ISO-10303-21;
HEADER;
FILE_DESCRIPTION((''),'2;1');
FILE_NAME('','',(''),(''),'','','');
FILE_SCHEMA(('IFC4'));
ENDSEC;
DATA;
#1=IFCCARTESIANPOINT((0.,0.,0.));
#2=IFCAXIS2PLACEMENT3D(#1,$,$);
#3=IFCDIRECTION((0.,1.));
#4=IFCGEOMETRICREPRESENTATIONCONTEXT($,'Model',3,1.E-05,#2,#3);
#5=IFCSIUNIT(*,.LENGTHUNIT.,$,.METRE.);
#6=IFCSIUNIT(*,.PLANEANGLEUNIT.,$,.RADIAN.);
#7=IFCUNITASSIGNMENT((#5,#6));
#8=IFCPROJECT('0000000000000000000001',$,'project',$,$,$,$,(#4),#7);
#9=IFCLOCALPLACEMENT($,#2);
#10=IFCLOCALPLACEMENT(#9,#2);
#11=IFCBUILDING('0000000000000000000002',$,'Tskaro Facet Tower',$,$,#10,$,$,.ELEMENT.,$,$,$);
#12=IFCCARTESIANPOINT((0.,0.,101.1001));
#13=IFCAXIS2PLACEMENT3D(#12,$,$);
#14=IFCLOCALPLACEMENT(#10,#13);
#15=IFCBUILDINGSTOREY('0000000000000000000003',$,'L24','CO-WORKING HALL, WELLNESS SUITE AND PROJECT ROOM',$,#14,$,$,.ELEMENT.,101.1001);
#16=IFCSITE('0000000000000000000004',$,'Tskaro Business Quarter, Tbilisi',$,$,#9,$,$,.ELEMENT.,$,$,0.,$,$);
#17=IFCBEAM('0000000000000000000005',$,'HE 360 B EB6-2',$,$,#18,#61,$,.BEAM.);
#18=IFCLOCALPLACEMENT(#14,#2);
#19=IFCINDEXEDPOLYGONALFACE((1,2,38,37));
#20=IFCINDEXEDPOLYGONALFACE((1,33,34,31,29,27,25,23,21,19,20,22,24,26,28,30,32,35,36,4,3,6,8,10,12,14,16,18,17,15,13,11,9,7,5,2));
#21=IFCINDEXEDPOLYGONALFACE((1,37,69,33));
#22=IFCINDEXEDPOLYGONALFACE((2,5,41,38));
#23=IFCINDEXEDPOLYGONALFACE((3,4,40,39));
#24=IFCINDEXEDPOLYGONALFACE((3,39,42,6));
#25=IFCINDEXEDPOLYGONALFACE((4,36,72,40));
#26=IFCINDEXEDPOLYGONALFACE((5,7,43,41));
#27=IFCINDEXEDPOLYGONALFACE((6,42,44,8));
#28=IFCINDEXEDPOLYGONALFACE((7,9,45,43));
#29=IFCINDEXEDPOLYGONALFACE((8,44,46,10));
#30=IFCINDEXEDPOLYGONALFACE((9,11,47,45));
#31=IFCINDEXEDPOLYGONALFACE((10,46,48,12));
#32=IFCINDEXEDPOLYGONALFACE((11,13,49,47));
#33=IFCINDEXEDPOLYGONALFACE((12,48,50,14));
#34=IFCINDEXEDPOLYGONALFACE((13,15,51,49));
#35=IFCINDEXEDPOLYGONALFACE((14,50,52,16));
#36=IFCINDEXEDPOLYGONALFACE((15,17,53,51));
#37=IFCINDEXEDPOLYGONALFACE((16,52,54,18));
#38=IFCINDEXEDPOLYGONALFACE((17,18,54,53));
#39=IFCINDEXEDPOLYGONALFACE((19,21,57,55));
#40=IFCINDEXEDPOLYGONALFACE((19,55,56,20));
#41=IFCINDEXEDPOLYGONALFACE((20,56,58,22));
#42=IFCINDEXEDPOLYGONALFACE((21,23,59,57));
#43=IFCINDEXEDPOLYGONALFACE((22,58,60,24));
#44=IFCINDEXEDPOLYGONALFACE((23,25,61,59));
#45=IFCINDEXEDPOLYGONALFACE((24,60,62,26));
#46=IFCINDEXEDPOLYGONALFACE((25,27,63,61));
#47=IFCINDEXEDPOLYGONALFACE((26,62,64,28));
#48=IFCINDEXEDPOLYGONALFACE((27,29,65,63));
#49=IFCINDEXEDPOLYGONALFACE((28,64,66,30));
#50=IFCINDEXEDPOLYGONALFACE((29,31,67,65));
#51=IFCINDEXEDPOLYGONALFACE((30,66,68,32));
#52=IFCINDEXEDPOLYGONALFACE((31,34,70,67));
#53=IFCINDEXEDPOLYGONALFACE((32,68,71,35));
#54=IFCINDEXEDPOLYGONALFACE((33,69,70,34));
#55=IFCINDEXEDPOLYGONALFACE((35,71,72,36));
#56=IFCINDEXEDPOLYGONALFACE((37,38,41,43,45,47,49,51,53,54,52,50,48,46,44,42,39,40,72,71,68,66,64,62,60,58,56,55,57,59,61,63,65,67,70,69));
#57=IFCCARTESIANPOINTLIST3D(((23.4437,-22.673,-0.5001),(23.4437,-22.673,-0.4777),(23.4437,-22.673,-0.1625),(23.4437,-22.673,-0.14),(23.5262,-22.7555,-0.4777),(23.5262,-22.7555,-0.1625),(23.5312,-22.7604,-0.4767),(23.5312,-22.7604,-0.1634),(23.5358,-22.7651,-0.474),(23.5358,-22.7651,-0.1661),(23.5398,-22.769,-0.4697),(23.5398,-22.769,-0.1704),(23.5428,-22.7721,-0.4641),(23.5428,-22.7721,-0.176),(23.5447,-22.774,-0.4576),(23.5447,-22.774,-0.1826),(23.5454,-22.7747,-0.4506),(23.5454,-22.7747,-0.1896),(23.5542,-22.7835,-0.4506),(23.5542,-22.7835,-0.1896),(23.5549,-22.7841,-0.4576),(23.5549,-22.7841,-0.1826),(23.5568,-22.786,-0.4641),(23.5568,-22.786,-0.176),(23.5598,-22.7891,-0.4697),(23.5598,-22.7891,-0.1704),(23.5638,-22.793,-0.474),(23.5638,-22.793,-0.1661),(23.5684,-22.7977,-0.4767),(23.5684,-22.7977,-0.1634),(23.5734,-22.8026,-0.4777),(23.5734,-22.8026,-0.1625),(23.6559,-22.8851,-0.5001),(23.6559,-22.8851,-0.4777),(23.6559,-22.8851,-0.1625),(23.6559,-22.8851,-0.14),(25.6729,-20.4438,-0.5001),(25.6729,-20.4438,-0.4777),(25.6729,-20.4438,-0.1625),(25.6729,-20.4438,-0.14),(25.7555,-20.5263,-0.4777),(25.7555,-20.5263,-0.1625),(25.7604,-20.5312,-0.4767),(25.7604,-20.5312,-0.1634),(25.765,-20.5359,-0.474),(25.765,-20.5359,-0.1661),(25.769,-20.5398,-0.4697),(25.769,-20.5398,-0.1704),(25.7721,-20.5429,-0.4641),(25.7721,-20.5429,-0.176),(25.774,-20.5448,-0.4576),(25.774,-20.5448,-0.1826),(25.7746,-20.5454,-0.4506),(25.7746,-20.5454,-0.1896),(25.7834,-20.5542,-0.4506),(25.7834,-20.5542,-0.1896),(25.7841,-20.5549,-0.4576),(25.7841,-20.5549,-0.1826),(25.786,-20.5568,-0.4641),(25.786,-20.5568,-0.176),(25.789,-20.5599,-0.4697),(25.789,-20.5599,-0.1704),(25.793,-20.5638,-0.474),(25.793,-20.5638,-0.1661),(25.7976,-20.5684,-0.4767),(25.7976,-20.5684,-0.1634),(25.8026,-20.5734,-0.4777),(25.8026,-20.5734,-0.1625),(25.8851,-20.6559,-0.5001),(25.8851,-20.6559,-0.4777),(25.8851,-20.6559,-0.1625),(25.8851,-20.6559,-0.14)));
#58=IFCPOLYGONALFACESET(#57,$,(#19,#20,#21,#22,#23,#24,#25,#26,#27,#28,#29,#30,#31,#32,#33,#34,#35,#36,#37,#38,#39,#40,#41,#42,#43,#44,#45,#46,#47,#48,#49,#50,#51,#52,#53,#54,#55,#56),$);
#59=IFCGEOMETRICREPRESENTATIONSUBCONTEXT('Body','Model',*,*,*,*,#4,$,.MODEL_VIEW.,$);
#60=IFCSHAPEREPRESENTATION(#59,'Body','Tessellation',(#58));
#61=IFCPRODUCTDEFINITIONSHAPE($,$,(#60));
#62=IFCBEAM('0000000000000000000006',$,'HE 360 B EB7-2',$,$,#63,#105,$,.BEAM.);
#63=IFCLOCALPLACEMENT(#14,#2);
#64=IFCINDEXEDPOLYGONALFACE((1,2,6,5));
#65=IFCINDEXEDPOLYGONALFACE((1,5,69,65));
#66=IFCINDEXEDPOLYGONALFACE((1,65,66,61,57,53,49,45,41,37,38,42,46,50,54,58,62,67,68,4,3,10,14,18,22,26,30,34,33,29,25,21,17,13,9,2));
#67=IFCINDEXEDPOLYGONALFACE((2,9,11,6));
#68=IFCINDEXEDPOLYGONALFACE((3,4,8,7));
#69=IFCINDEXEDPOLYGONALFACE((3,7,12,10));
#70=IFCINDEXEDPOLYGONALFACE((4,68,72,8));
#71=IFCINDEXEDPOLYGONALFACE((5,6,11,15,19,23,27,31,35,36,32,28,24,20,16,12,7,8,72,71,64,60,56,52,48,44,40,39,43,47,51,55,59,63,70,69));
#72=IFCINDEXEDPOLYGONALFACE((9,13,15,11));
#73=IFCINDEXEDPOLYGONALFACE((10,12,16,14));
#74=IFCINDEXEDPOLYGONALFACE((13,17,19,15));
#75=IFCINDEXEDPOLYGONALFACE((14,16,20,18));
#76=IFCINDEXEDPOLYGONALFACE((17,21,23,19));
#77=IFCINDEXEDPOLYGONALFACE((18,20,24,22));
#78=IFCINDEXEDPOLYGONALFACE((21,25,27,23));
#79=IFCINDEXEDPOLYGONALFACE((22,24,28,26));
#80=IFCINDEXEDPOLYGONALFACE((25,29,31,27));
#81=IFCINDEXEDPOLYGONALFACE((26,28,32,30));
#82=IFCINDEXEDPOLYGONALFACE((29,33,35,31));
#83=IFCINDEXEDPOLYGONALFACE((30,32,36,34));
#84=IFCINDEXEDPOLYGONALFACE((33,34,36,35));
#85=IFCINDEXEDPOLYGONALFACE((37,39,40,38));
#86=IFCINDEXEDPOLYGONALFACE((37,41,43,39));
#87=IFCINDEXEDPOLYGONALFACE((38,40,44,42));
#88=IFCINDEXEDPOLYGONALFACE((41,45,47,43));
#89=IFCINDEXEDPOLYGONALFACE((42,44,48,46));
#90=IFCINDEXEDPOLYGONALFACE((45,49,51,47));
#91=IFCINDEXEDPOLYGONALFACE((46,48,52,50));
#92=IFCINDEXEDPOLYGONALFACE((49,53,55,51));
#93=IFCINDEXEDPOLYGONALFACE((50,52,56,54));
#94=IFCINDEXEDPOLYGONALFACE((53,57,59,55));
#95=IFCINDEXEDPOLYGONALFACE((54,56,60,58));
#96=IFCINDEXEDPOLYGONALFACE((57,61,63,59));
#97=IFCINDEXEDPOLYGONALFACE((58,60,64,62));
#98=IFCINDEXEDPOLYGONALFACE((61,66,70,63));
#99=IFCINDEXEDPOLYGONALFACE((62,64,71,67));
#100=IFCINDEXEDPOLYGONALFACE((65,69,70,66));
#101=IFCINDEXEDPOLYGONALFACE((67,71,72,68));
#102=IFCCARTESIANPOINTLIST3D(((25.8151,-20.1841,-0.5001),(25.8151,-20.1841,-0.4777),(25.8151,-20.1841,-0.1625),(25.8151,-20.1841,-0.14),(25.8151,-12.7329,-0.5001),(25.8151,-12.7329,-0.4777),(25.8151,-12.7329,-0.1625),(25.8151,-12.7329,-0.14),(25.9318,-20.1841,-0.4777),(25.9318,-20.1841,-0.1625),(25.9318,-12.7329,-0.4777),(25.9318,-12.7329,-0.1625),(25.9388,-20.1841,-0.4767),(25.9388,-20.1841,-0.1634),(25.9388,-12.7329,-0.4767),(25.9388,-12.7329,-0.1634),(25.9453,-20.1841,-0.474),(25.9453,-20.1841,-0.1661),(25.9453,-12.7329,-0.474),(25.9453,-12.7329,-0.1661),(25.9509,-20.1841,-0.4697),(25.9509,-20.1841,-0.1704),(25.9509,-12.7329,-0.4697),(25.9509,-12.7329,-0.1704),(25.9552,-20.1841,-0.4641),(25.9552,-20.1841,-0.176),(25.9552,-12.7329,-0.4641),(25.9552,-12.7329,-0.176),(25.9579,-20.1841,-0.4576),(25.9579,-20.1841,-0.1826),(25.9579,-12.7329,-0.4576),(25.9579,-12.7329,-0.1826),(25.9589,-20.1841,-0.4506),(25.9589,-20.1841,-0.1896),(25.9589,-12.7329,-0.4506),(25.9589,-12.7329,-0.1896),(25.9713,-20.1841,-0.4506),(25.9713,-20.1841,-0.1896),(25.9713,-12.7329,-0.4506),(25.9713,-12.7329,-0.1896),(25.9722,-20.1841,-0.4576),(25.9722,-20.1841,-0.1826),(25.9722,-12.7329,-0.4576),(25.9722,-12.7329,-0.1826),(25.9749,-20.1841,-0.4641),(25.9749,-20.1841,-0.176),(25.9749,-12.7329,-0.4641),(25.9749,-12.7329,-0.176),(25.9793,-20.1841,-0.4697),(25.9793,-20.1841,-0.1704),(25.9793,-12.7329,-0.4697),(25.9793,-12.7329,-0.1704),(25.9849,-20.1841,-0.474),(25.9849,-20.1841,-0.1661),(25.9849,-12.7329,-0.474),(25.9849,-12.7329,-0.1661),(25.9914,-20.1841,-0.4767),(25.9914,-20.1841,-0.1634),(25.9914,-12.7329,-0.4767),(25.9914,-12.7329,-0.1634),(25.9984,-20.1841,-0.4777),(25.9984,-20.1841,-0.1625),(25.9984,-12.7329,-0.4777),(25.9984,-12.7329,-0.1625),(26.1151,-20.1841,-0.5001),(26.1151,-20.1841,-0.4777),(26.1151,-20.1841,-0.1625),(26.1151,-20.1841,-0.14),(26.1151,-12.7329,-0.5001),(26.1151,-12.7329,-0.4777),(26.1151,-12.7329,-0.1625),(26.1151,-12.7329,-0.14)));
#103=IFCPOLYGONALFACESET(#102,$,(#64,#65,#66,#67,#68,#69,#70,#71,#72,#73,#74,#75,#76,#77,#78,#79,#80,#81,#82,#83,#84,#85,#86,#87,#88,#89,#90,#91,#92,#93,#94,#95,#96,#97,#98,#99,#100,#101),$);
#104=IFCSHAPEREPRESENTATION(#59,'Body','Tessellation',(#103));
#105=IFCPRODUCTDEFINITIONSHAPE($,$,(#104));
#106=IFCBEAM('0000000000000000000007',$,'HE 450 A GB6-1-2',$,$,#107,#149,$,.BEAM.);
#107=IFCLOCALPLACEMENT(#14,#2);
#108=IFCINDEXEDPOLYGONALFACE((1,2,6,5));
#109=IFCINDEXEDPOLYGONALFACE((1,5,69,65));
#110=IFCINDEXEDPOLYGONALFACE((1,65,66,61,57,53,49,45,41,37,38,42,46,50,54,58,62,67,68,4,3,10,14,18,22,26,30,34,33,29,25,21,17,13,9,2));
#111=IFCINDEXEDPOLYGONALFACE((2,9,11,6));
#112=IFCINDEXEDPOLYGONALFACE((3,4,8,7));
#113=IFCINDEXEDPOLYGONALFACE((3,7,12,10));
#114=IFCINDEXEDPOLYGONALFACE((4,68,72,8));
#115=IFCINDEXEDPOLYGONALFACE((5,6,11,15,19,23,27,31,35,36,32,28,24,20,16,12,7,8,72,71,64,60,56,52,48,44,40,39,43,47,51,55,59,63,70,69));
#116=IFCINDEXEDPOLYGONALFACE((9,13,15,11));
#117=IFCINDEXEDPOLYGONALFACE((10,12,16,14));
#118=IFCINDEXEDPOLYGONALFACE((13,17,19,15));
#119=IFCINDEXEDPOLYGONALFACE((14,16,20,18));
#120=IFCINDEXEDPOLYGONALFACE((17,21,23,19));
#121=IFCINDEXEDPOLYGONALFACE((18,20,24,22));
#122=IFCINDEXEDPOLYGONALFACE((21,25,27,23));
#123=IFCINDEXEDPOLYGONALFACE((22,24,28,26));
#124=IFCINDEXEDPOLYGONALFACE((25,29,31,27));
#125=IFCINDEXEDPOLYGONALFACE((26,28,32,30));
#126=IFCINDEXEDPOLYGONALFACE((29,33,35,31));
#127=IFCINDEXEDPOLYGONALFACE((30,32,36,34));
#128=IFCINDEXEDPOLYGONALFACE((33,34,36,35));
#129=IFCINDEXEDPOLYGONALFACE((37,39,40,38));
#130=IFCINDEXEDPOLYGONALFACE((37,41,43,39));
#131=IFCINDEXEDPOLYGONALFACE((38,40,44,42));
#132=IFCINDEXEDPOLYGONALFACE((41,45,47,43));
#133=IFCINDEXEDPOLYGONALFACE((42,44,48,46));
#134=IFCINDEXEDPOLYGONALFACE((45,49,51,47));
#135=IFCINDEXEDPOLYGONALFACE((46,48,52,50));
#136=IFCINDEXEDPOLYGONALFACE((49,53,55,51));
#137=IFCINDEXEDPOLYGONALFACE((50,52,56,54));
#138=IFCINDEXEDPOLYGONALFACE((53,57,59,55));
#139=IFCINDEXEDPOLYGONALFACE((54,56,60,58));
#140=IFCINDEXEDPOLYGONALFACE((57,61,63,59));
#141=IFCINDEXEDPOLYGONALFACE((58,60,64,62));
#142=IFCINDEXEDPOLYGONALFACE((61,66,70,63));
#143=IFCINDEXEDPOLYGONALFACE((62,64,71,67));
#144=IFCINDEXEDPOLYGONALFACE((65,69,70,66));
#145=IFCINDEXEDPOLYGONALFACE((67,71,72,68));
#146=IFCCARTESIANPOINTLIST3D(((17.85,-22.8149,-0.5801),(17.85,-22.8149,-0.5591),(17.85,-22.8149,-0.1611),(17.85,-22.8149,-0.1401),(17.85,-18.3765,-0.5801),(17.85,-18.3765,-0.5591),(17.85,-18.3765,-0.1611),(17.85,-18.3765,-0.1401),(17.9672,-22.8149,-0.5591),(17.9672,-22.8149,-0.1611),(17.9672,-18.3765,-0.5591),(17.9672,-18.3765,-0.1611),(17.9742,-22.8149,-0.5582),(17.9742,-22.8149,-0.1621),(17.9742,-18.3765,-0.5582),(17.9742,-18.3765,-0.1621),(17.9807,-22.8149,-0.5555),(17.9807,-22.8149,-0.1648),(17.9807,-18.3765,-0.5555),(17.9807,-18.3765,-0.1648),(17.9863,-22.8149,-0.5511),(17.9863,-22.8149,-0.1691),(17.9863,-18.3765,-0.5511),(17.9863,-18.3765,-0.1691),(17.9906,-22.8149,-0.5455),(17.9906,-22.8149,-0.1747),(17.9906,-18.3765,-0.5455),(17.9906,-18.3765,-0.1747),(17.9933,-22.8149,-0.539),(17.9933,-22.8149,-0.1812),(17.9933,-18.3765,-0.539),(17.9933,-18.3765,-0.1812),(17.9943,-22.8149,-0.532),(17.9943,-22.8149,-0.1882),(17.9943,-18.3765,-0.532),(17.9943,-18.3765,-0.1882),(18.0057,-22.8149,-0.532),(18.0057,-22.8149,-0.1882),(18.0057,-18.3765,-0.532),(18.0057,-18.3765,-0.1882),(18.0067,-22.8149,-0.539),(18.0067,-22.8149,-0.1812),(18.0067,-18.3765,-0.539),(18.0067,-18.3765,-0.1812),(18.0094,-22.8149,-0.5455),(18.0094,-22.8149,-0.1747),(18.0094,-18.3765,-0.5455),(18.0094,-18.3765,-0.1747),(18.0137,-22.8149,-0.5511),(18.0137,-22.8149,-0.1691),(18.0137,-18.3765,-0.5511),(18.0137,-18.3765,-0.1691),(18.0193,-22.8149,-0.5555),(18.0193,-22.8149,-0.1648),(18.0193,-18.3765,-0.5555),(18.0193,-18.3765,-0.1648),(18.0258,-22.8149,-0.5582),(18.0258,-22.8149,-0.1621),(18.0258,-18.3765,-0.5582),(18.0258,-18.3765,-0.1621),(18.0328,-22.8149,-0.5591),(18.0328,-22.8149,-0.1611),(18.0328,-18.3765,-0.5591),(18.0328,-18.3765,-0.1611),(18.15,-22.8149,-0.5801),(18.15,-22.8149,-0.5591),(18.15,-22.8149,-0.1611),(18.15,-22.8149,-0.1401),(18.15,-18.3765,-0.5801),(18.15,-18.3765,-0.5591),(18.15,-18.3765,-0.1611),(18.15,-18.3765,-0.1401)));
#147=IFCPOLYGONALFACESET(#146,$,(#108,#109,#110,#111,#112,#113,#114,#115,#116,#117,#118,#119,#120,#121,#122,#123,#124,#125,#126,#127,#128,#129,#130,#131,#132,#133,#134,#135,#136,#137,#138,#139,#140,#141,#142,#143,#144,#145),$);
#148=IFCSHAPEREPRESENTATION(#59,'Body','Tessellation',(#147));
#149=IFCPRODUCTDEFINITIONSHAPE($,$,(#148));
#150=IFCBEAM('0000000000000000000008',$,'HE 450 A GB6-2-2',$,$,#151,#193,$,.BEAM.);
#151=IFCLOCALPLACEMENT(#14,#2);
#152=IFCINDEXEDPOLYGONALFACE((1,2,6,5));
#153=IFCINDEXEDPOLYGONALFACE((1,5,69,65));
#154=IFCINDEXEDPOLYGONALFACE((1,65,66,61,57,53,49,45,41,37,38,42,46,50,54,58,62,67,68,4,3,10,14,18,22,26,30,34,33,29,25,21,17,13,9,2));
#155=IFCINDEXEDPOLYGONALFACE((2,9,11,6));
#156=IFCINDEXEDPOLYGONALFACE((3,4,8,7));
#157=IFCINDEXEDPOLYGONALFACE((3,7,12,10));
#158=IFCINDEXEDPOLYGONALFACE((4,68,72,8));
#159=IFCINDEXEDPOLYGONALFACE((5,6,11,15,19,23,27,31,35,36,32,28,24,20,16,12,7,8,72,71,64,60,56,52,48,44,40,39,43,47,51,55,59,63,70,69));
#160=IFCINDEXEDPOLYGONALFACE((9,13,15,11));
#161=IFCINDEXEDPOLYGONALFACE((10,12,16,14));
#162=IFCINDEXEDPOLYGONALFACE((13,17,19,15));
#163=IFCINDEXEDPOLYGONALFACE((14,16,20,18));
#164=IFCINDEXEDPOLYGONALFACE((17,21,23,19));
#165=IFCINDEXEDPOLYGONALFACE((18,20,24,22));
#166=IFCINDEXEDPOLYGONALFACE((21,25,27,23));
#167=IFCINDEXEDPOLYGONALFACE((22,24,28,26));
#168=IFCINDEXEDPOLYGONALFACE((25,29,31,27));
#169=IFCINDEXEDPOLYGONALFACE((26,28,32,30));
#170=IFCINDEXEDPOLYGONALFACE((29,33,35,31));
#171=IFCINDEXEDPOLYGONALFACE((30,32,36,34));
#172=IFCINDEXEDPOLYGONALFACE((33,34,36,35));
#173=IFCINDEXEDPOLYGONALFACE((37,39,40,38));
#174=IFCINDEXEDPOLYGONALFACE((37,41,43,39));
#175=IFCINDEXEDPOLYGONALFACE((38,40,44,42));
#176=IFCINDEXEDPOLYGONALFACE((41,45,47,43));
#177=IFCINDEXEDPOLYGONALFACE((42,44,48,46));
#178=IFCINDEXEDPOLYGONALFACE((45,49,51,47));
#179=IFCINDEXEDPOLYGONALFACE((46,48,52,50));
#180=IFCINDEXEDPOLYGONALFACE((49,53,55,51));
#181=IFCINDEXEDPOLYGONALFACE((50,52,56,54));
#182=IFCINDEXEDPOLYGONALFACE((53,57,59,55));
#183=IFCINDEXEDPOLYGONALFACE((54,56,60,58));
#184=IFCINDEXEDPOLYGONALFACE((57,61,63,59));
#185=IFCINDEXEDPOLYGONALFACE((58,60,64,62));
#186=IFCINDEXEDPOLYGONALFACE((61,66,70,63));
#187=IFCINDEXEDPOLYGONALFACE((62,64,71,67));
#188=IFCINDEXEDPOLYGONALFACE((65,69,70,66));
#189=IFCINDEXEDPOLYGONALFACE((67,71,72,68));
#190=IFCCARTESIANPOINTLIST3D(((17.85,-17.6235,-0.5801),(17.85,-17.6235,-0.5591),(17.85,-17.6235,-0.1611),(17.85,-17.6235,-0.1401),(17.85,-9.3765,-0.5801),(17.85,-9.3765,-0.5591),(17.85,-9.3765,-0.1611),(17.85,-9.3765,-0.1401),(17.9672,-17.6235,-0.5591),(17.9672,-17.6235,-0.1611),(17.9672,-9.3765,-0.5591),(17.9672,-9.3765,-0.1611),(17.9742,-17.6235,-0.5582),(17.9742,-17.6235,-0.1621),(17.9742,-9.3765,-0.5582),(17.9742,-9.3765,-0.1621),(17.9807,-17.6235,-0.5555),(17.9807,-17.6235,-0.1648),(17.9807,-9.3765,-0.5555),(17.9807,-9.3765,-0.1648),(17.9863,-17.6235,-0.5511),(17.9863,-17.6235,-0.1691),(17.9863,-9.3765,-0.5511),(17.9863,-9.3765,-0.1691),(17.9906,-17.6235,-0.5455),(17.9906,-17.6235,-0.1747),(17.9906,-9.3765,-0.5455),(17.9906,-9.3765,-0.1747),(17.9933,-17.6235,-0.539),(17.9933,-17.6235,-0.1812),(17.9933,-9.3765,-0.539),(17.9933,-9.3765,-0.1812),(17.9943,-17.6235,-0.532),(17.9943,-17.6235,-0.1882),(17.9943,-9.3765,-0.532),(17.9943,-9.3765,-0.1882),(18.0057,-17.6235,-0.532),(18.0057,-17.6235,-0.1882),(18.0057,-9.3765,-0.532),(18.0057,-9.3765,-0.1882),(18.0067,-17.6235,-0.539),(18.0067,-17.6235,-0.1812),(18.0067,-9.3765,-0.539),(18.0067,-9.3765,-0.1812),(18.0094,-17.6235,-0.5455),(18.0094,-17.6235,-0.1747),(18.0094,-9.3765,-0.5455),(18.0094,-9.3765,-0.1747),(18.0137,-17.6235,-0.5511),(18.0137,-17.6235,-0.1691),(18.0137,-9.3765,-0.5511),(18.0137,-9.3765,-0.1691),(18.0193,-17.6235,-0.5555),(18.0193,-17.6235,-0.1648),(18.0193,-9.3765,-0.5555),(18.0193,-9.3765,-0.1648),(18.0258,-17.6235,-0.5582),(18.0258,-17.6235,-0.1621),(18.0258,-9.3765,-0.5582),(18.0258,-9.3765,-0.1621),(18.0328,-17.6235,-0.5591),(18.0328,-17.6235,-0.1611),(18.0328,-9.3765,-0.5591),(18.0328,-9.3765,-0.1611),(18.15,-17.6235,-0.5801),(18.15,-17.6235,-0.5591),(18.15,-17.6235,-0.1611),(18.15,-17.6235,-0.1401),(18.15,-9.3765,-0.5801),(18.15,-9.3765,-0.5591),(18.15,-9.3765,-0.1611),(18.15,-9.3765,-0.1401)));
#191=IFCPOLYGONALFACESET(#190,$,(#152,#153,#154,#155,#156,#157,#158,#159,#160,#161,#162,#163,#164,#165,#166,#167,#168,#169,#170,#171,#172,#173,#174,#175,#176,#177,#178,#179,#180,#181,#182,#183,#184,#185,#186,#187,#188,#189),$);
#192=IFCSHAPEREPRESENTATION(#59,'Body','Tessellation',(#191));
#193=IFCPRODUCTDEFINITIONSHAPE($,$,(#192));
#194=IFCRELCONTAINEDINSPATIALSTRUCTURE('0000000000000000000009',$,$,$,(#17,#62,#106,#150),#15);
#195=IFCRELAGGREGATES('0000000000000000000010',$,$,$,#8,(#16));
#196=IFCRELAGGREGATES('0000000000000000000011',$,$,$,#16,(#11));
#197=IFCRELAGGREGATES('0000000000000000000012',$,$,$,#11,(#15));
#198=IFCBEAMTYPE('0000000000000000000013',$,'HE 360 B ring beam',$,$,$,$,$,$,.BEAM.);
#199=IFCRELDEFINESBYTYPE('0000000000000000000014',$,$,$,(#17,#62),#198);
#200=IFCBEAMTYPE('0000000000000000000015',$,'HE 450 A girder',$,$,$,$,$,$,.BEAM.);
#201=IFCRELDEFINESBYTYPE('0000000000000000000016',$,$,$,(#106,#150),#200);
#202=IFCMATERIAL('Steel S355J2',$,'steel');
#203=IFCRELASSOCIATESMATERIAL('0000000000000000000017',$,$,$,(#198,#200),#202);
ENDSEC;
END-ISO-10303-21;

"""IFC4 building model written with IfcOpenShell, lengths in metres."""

from ifc_helpers import new_model, si_unit, direction, frame, origin, origin_2d, place, context, subcontext, project, spatial, i_section, extrude, material, material_profile, profile_set, type_object, element, save


model = new_model("IFC4")

# Units and contexts
model_context = context("Model", 3, precision=1e-05, world=origin(), true_north=direction((0.0, 1.0)))
body_context = subcontext(model_context, "Body", "Model", "MODEL_VIEW")
ifc_project = project(units=[si_unit("LENGTHUNIT", "METRE"), si_unit("PLANEANGLEUNIT", "RADIAN")], contexts=[model_context])

# Site, building, storey
site_placement = place(None, origin())
site = spatial("IfcSite", under=ifc_project, at=site_placement, Name="Tskaro Business Quarter, Tbilisi", CompositionType="ELEMENT", RefElevation=0.0)
building_placement = place(site_placement, origin())
building = spatial("IfcBuilding", under=site, at=building_placement, Name="Tskaro Facet Tower", CompositionType="ELEMENT")
storey_placement = place(building_placement, frame((0.0, 0.0, 101.1001)))
storey = spatial("IfcBuildingStorey", under=building, at=storey_placement, Name="L24", Description="CO-WORKING HALL, WELLNESS SUITE AND PROJECT ROOM", CompositionType="ELEMENT", Elevation=101.1001)

# Beams
ifc_material_1 = material(Name="Steel S355J2", Category="steel")
ifc_material_profile_1 = material_profile(ifc_material_1, i_section(OverallWidth=0.3, OverallDepth=0.3601, WebThickness=0.0125, FlangeThickness=0.0225, FilletRadius=0.0271, at=origin_2d()), Name="HE 360 B")
ifc_profile_set_1 = profile_set([ifc_material_profile_1], Name="Steel S355J2")
beam_type_1 = type_object("IfcBeamType", Name="HE 360 B ring beam", PredefinedType="BEAM", material=ifc_profile_set_1)
beam_1_placement = place(storey_placement, frame((23.5498, -22.7791, -0.3201), z_axis=(0.707107, 0.707107, 0.0), x_axis=(-0.707107, 0.707107, 0.0)))
element("IfcBeam", 1, at=beam_1_placement, inside=storey, type_object=beam_type_1, Name="HE 360 B EB6-2", PredefinedType="BEAM", context=body_context, shape_type="SweptSolid", body=[
    extrude(i_section(OverallWidth=0.3, OverallDepth=0.3601, WebThickness=0.0125, FlangeThickness=0.0225, FilletRadius=0.0271, at=origin_2d()), origin(), (0.0, 0.0, 1.0), 3.1526),
])
beam_2_placement = place(storey_placement, frame((25.9651, -20.1841, -0.3201), z_axis=(0.0, 1.0, 0.0), x_axis=(-1.0, 0.0, 0.0)))
element("IfcBeam", 2, at=beam_2_placement, inside=storey, type_object=beam_type_1, Name="HE 360 B EB7-2", PredefinedType="BEAM", context=body_context, shape_type="SweptSolid", body=[
    extrude(i_section(OverallWidth=0.3, OverallDepth=0.3601, WebThickness=0.0125, FlangeThickness=0.0225, FilletRadius=0.0271, at=origin_2d()), origin(), (0.0, 0.0, 1.0), 7.4512),
])
ifc_material_profile_2 = material_profile(ifc_material_1, i_section(OverallWidth=0.3, OverallDepth=0.4399, WebThickness=0.0115, FlangeThickness=0.021, FilletRadius=0.0271, at=origin_2d()), Name="HE 450 A")
ifc_profile_set_2 = profile_set([ifc_material_profile_2], Name="Steel S355J2")
beam_type_2 = type_object("IfcBeamType", Name="HE 450 A girder", PredefinedType="BEAM", material=ifc_profile_set_2)
beam_3_placement = place(storey_placement, frame((18.0, -22.8149, -0.3601), z_axis=(0.0, 1.0, 0.0), x_axis=(-1.0, 0.0, 0.0)))
element("IfcBeam", 3, at=beam_3_placement, inside=storey, type_object=beam_type_2, Name="HE 450 A GB6-1-2", PredefinedType="BEAM", context=body_context, shape_type="SweptSolid", body=[
    extrude(i_section(OverallWidth=0.3, OverallDepth=0.4399, WebThickness=0.0115, FlangeThickness=0.021, FilletRadius=0.0271, at=origin_2d()), origin(), (0.0, 0.0, 1.0), 4.4385),
])
beam_4_placement = place(storey_placement, frame((18.0, -17.6235, -0.3601), z_axis=(0.0, 1.0, 0.0), x_axis=(-1.0, 0.0, 0.0)))
element("IfcBeam", 4, at=beam_4_placement, inside=storey, type_object=beam_type_2, Name="HE 450 A GB6-2-2", PredefinedType="BEAM", context=body_context, shape_type="SweptSolid", body=[
    extrude(i_section(OverallWidth=0.3, OverallDepth=0.4399, WebThickness=0.0115, FlangeThickness=0.021, FilletRadius=0.0271, at=origin_2d()), origin(), (0.0, 0.0, 1.0), 8.2471),
])

save(model, "model.ifc")
